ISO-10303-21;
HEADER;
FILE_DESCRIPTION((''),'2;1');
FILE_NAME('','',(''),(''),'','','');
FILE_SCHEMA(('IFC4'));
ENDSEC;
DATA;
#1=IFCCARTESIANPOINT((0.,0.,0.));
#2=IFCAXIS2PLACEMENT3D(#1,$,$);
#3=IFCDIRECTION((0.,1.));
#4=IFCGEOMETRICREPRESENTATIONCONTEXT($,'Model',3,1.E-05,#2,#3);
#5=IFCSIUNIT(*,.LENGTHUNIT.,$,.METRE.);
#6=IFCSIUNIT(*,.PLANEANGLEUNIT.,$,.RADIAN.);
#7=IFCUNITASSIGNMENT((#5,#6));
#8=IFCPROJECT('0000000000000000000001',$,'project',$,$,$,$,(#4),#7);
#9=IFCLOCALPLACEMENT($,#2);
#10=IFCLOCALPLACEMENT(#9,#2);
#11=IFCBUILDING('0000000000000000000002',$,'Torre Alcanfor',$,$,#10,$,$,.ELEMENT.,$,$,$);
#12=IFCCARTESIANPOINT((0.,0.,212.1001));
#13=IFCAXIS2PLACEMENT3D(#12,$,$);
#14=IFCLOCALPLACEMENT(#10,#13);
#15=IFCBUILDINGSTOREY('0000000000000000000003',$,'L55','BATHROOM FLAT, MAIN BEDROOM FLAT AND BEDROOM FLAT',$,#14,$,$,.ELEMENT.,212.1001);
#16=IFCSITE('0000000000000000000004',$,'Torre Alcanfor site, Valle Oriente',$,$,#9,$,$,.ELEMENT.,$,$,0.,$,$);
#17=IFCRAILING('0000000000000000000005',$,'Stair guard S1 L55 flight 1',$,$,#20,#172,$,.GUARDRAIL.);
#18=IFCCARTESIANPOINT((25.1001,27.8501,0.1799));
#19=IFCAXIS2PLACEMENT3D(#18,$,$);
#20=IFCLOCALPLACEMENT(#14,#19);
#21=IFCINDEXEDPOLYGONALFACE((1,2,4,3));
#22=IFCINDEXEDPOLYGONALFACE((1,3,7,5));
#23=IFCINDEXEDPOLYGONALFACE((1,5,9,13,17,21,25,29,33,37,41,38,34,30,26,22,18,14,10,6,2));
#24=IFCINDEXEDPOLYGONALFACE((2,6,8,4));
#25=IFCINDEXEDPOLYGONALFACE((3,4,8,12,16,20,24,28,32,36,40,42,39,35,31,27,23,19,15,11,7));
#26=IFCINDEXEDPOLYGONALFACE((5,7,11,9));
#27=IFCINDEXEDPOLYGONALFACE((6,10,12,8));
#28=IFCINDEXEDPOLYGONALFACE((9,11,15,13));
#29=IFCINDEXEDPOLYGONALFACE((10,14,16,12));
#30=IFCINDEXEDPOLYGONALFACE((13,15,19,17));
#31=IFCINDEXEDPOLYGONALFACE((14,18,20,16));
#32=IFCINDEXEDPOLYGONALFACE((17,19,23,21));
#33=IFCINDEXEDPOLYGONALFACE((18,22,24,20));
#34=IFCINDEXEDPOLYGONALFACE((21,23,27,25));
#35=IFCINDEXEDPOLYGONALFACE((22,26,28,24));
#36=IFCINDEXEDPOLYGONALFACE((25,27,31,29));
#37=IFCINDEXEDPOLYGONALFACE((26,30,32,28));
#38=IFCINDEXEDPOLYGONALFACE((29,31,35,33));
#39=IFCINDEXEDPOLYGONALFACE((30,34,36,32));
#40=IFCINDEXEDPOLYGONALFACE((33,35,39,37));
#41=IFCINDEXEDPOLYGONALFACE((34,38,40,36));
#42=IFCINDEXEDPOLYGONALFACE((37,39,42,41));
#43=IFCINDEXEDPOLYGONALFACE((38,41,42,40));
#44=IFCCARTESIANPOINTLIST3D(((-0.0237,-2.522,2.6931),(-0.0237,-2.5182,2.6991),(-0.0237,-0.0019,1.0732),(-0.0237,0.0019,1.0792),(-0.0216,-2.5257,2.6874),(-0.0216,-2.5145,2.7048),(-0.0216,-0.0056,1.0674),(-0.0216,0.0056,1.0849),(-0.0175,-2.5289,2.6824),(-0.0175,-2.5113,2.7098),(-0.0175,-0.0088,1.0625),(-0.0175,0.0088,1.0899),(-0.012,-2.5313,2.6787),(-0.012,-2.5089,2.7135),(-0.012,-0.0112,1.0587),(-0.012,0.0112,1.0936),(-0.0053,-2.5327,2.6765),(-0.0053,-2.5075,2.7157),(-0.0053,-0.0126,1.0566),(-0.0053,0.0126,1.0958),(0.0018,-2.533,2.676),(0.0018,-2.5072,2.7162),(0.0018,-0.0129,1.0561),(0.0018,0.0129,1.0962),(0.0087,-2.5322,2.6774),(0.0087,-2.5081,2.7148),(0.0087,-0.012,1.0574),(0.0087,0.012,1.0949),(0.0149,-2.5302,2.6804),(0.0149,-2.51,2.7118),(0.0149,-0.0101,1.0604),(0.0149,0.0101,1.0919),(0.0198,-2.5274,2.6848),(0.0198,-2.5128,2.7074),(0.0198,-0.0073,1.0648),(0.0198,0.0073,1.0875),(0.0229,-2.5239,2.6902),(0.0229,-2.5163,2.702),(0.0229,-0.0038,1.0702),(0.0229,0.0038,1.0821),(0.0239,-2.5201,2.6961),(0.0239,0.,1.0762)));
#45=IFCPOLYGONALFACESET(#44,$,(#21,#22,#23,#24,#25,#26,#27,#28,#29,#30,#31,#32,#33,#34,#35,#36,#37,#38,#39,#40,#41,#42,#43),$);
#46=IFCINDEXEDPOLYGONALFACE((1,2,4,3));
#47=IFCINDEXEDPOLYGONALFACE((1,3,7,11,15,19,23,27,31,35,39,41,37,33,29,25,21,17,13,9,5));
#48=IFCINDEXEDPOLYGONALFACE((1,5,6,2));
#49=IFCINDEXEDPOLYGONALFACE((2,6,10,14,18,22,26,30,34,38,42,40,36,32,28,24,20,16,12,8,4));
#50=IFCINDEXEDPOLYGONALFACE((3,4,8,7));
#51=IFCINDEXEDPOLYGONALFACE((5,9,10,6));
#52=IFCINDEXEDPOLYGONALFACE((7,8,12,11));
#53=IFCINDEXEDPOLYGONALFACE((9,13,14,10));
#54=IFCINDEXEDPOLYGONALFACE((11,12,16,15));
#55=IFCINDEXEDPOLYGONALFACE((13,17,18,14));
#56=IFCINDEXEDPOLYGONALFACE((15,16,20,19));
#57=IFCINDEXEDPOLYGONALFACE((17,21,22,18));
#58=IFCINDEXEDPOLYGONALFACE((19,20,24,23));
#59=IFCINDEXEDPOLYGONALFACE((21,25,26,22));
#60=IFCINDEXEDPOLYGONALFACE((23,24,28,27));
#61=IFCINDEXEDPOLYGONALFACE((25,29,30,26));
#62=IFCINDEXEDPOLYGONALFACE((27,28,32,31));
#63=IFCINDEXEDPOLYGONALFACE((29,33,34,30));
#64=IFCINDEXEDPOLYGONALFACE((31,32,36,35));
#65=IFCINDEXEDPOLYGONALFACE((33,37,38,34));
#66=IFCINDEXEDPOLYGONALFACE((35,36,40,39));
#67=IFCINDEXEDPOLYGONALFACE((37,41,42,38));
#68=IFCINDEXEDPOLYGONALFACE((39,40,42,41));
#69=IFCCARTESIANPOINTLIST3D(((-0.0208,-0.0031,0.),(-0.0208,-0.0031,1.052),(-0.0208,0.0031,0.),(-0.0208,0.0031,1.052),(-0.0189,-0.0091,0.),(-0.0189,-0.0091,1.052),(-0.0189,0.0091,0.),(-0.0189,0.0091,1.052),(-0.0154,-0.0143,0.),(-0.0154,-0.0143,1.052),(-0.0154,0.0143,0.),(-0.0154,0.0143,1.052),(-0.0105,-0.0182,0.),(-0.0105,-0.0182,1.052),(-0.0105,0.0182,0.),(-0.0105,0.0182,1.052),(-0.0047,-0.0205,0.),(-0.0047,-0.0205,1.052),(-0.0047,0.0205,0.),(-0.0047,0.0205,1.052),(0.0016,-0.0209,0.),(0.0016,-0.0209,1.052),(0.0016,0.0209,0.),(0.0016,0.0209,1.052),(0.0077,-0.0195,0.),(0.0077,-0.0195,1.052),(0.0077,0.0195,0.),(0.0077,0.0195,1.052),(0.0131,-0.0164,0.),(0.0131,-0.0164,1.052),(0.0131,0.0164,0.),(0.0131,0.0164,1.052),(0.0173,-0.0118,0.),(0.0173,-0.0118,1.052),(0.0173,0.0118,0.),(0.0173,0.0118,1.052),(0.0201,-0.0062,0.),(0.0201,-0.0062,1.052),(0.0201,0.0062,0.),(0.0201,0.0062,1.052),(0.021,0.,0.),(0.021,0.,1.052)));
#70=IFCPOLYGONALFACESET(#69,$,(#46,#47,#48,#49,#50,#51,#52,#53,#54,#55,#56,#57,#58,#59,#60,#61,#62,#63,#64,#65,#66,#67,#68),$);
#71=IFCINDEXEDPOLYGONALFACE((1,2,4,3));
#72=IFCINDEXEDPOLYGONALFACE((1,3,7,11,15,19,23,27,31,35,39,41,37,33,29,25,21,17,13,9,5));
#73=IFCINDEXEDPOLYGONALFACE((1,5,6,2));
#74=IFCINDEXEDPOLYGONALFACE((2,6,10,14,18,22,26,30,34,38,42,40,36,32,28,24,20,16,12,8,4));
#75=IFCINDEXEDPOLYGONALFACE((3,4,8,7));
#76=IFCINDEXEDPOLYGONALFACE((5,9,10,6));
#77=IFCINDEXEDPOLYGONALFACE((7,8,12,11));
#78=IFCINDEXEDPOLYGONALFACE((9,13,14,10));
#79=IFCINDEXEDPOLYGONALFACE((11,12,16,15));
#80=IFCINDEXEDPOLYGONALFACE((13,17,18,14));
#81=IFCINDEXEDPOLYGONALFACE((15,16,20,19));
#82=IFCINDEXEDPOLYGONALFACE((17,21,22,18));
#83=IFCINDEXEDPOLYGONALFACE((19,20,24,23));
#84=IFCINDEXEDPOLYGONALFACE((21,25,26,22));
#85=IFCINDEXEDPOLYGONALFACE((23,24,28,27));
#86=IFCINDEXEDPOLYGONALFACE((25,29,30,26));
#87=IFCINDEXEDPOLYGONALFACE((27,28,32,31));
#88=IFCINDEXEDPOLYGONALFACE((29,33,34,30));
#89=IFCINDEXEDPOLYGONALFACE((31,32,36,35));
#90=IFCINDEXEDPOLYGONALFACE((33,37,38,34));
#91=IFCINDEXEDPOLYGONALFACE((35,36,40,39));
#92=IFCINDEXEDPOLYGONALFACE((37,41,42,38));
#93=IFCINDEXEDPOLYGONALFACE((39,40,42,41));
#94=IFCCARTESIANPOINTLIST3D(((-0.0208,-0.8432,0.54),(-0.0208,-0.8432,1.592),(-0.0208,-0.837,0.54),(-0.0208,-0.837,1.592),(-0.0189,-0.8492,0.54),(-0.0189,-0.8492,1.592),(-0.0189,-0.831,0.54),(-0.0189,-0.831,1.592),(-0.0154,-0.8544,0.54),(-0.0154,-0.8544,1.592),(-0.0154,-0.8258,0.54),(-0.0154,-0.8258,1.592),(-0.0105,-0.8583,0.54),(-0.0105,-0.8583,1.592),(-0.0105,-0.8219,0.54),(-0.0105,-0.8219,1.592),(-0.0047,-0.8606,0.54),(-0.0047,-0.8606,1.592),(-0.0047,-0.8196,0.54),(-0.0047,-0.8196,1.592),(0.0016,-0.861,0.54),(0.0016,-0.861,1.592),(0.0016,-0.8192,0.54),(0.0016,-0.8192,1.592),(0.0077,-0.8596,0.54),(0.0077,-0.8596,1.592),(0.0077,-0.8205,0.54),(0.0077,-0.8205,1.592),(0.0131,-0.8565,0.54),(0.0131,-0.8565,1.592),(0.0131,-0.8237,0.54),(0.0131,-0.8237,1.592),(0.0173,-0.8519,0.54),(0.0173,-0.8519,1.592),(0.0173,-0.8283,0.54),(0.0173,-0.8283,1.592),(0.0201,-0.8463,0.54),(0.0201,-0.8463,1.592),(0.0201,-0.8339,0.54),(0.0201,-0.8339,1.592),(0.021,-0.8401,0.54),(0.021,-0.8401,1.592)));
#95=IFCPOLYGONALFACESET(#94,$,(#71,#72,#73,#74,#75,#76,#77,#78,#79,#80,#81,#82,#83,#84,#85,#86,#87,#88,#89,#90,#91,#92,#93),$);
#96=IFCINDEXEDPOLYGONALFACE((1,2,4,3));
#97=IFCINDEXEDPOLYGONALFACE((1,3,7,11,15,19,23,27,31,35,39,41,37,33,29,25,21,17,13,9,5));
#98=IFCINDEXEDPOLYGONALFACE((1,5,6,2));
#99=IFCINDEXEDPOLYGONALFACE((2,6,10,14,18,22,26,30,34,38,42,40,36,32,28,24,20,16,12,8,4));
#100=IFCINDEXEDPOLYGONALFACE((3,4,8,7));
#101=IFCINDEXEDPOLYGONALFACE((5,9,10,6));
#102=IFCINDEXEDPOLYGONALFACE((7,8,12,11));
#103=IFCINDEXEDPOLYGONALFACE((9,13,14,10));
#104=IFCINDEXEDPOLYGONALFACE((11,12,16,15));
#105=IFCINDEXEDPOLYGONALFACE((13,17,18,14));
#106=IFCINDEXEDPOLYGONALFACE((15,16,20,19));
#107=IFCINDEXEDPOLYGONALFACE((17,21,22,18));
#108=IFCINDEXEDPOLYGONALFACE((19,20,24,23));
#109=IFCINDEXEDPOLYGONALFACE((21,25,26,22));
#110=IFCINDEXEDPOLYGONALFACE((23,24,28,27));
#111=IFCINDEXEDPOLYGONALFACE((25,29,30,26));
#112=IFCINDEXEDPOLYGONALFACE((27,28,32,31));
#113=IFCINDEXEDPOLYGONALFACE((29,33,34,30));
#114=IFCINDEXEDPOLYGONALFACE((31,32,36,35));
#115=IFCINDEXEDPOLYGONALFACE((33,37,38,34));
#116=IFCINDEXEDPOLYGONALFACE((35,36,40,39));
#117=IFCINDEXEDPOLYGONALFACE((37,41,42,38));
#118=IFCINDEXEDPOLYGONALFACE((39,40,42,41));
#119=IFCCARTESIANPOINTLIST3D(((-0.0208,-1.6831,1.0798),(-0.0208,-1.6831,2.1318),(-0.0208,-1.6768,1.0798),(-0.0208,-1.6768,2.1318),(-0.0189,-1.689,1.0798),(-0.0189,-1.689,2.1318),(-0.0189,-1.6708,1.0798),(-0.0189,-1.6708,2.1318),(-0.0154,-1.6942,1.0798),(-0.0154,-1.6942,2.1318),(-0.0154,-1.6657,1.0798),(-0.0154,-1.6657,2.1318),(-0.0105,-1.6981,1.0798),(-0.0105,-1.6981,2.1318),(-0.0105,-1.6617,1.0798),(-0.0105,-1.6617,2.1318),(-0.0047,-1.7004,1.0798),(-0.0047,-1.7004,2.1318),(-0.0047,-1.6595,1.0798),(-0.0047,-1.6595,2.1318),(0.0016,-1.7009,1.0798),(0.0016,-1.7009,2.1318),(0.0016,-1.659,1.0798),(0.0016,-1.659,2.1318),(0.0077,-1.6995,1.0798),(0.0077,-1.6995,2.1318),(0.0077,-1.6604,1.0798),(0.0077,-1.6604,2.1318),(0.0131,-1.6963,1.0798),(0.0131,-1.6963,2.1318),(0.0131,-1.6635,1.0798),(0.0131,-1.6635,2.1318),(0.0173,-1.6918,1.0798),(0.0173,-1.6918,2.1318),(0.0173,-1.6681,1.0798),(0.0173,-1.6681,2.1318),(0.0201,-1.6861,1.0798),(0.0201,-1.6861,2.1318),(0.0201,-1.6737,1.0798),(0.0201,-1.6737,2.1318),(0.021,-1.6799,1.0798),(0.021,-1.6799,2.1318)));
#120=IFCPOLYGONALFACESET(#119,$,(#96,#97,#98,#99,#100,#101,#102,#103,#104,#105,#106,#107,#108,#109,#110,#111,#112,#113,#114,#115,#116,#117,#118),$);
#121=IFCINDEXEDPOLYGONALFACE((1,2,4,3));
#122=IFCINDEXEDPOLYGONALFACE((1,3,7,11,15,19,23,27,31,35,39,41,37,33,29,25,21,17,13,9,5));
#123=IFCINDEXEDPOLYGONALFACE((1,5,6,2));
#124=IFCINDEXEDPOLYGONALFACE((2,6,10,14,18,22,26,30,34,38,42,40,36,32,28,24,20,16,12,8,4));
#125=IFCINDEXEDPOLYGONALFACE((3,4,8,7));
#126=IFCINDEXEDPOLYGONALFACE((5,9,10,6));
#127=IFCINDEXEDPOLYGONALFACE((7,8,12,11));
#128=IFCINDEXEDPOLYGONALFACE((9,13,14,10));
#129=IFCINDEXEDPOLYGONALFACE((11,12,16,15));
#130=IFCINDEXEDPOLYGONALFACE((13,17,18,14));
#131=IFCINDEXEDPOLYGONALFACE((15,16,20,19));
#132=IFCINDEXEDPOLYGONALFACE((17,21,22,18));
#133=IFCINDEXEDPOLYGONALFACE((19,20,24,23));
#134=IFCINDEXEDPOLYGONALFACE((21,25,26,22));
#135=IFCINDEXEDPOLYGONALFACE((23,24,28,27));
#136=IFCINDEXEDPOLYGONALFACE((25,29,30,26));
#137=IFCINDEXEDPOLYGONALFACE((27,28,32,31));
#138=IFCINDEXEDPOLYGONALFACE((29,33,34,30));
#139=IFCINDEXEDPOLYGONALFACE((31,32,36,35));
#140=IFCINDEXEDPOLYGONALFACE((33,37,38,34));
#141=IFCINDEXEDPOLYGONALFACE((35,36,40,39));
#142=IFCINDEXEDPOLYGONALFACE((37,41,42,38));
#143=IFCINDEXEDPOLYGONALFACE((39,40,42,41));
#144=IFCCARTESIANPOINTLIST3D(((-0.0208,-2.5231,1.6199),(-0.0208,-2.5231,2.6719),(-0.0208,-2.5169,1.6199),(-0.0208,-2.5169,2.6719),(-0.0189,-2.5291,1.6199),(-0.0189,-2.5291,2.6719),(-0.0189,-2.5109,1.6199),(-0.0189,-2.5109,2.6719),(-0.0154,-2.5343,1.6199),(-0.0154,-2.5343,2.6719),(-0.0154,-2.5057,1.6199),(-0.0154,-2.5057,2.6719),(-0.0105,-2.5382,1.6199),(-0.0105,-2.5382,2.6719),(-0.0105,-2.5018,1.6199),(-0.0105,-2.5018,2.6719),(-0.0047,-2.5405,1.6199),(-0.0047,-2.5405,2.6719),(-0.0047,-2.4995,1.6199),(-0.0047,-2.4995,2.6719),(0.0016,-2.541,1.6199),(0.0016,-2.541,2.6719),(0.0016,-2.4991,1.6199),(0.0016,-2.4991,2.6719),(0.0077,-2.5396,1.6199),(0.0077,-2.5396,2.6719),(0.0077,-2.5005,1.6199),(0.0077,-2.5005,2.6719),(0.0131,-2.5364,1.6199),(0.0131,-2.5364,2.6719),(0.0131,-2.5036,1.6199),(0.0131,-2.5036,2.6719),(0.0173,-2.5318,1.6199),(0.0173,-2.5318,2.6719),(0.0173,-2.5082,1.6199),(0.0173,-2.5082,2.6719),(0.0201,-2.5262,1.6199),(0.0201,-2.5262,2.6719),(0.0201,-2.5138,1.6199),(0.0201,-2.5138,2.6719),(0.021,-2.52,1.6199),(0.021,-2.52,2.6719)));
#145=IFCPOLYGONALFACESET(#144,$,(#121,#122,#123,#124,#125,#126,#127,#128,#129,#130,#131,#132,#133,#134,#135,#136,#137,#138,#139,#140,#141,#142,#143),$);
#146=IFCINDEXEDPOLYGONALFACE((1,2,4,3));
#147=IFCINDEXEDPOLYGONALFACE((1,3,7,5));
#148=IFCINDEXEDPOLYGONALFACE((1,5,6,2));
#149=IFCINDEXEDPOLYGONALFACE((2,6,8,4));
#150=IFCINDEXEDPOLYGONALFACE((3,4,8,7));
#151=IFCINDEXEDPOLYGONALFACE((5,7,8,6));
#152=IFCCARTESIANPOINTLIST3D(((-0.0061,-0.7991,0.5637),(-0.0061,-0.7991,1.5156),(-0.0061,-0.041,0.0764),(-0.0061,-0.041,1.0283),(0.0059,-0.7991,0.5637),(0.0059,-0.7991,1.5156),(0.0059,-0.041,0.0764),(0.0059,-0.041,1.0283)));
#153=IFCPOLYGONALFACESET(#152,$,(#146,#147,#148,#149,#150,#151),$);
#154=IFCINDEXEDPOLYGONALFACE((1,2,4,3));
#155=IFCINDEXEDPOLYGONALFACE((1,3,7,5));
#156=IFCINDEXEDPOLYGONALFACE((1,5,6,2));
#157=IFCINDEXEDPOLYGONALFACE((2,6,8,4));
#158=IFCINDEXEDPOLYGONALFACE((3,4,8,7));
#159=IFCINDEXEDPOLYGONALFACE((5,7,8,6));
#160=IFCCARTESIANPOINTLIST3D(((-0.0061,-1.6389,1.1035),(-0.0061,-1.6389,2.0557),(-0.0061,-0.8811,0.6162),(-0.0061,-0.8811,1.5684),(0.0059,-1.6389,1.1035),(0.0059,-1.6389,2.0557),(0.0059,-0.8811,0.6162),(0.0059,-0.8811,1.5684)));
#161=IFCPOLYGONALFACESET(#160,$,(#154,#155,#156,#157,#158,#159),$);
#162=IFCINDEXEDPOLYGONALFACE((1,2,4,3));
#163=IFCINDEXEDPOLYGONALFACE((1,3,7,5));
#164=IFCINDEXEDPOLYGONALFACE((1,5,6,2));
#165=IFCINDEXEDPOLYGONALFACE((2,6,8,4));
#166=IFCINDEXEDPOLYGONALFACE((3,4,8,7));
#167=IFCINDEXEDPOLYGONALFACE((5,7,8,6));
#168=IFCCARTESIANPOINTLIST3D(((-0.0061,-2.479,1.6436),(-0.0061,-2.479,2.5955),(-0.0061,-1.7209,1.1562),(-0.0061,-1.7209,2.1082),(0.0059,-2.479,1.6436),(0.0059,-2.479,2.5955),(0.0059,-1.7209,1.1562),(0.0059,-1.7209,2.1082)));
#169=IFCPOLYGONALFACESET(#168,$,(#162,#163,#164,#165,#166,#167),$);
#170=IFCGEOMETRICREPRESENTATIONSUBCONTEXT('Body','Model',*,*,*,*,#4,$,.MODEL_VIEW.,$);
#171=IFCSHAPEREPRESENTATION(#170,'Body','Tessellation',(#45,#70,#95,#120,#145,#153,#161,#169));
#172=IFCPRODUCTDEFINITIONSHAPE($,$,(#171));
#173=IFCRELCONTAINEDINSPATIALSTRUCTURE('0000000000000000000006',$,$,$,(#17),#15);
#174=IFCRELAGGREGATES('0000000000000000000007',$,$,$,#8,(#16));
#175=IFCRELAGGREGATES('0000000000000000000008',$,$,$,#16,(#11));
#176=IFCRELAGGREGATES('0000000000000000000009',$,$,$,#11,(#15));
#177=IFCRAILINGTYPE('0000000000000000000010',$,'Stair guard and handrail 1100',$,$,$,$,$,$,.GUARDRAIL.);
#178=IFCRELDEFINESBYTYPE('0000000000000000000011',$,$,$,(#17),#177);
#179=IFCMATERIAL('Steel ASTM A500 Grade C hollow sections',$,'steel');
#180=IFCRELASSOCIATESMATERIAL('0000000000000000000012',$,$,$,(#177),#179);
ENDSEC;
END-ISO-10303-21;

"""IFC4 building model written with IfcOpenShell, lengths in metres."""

from ifc_helpers import new_model, si_unit, direction, frame, origin, origin_2d, place, context, subcontext, project, spatial, polyline, circle, outline, extrude, material, type_object, element, save


model = new_model("IFC4")

# Units and contexts
model_context = context("Model", 3, precision=1e-05, world=origin(), true_north=direction((0.0, 1.0)))
body_context = subcontext(model_context, "Body", "Model", "MODEL_VIEW")
ifc_project = project(units=[si_unit("LENGTHUNIT", "METRE"), si_unit("PLANEANGLEUNIT", "RADIAN")], contexts=[model_context])

# Site, building, storey
site_placement = place(None, origin())
site = spatial("IfcSite", under=ifc_project, at=site_placement, Name="Torre Alcanfor site, Valle Oriente", CompositionType="ELEMENT", RefElevation=0.0)
building_placement = place(site_placement, origin())
building = spatial("IfcBuilding", under=site, at=building_placement, Name="Torre Alcanfor", CompositionType="ELEMENT")
storey_placement = place(building_placement, frame((0.0, 0.0, 212.1001)))
storey = spatial("IfcBuildingStorey", under=building, at=storey_placement, Name="L55", Description="BATHROOM FLAT, MAIN BEDROOM FLAT AND BEDROOM FLAT", CompositionType="ELEMENT", Elevation=212.1001)

# Railing
ifc_material_1 = material(Name="Steel ASTM A500 Grade C hollow sections", Category="steel")
railing_type = type_object("IfcRailingType", Name="Stair guard and handrail 1100", PredefinedType="GUARDRAIL", material=ifc_material_1)
railing_1_placement = place(storey_placement, frame((25.1001, 27.8501, 0.1799)))
element("IfcRailing", 1, at=railing_1_placement, inside=storey, type_object=railing_type, Name="Stair guard S1 L55 flight 1", PredefinedType="GUARDRAIL", context=body_context, shape_type="SweptSolid", body=[
    extrude(circle(Radius=0.0239, at=origin_2d()), frame((0.0, 0.0, 1.0762), z_axis=(0.0, -0.8412, 0.540725), x_axis=(1.0, 0.0, 0.0)), (0.0, 0.0, 1.0), 2.9958),
    extrude(circle(Radius=0.021, at=origin_2d()), origin(), (0.0, 0.0, 1.0), 1.052),
    extrude(circle(Radius=0.021, at=origin_2d()), frame((0.0, -0.8401, 0.54)), (0.0, 0.0, 1.0), 1.052),
    extrude(circle(Radius=0.021, at=origin_2d()), frame((0.0, -1.6799, 1.0798)), (0.0, 0.0, 1.0), 1.052),
    extrude(circle(Radius=0.021, at=origin_2d()), frame((0.0, -2.52, 1.6199)), (0.0, 0.0, 1.0), 1.052),
    extrude(outline(polyline([(0.041, 0.0764), (0.7991, 0.5637), (0.7991, 1.5156), (0.041, 1.0283), (0.041, 0.0764)])), frame((0.0059, 0.0, 0.0), z_axis=(-1.0, 0.0, 0.0), x_axis=(0.0, -1.0, 0.0)), (0.0, 0.0, 1.0), 0.012),
    extrude(outline(polyline([(0.8811, 0.6162), (1.6389, 1.1035), (1.6389, 2.0557), (0.8811, 1.5684), (0.8811, 0.6162)])), frame((0.0059, 0.0, 0.0), z_axis=(-1.0, 0.0, 0.0), x_axis=(0.0, -1.0, 0.0)), (0.0, 0.0, 1.0), 0.012),
    extrude(outline(polyline([(1.7209, 1.1562), (2.479, 1.6436), (2.479, 2.5955), (1.7209, 2.1082), (1.7209, 1.1562)])), frame((0.0059, 0.0, 0.0), z_axis=(-1.0, 0.0, 0.0), x_axis=(0.0, -1.0, 0.0)), (0.0, 0.0, 1.0), 0.012),
])

save(model, "model.ifc")
